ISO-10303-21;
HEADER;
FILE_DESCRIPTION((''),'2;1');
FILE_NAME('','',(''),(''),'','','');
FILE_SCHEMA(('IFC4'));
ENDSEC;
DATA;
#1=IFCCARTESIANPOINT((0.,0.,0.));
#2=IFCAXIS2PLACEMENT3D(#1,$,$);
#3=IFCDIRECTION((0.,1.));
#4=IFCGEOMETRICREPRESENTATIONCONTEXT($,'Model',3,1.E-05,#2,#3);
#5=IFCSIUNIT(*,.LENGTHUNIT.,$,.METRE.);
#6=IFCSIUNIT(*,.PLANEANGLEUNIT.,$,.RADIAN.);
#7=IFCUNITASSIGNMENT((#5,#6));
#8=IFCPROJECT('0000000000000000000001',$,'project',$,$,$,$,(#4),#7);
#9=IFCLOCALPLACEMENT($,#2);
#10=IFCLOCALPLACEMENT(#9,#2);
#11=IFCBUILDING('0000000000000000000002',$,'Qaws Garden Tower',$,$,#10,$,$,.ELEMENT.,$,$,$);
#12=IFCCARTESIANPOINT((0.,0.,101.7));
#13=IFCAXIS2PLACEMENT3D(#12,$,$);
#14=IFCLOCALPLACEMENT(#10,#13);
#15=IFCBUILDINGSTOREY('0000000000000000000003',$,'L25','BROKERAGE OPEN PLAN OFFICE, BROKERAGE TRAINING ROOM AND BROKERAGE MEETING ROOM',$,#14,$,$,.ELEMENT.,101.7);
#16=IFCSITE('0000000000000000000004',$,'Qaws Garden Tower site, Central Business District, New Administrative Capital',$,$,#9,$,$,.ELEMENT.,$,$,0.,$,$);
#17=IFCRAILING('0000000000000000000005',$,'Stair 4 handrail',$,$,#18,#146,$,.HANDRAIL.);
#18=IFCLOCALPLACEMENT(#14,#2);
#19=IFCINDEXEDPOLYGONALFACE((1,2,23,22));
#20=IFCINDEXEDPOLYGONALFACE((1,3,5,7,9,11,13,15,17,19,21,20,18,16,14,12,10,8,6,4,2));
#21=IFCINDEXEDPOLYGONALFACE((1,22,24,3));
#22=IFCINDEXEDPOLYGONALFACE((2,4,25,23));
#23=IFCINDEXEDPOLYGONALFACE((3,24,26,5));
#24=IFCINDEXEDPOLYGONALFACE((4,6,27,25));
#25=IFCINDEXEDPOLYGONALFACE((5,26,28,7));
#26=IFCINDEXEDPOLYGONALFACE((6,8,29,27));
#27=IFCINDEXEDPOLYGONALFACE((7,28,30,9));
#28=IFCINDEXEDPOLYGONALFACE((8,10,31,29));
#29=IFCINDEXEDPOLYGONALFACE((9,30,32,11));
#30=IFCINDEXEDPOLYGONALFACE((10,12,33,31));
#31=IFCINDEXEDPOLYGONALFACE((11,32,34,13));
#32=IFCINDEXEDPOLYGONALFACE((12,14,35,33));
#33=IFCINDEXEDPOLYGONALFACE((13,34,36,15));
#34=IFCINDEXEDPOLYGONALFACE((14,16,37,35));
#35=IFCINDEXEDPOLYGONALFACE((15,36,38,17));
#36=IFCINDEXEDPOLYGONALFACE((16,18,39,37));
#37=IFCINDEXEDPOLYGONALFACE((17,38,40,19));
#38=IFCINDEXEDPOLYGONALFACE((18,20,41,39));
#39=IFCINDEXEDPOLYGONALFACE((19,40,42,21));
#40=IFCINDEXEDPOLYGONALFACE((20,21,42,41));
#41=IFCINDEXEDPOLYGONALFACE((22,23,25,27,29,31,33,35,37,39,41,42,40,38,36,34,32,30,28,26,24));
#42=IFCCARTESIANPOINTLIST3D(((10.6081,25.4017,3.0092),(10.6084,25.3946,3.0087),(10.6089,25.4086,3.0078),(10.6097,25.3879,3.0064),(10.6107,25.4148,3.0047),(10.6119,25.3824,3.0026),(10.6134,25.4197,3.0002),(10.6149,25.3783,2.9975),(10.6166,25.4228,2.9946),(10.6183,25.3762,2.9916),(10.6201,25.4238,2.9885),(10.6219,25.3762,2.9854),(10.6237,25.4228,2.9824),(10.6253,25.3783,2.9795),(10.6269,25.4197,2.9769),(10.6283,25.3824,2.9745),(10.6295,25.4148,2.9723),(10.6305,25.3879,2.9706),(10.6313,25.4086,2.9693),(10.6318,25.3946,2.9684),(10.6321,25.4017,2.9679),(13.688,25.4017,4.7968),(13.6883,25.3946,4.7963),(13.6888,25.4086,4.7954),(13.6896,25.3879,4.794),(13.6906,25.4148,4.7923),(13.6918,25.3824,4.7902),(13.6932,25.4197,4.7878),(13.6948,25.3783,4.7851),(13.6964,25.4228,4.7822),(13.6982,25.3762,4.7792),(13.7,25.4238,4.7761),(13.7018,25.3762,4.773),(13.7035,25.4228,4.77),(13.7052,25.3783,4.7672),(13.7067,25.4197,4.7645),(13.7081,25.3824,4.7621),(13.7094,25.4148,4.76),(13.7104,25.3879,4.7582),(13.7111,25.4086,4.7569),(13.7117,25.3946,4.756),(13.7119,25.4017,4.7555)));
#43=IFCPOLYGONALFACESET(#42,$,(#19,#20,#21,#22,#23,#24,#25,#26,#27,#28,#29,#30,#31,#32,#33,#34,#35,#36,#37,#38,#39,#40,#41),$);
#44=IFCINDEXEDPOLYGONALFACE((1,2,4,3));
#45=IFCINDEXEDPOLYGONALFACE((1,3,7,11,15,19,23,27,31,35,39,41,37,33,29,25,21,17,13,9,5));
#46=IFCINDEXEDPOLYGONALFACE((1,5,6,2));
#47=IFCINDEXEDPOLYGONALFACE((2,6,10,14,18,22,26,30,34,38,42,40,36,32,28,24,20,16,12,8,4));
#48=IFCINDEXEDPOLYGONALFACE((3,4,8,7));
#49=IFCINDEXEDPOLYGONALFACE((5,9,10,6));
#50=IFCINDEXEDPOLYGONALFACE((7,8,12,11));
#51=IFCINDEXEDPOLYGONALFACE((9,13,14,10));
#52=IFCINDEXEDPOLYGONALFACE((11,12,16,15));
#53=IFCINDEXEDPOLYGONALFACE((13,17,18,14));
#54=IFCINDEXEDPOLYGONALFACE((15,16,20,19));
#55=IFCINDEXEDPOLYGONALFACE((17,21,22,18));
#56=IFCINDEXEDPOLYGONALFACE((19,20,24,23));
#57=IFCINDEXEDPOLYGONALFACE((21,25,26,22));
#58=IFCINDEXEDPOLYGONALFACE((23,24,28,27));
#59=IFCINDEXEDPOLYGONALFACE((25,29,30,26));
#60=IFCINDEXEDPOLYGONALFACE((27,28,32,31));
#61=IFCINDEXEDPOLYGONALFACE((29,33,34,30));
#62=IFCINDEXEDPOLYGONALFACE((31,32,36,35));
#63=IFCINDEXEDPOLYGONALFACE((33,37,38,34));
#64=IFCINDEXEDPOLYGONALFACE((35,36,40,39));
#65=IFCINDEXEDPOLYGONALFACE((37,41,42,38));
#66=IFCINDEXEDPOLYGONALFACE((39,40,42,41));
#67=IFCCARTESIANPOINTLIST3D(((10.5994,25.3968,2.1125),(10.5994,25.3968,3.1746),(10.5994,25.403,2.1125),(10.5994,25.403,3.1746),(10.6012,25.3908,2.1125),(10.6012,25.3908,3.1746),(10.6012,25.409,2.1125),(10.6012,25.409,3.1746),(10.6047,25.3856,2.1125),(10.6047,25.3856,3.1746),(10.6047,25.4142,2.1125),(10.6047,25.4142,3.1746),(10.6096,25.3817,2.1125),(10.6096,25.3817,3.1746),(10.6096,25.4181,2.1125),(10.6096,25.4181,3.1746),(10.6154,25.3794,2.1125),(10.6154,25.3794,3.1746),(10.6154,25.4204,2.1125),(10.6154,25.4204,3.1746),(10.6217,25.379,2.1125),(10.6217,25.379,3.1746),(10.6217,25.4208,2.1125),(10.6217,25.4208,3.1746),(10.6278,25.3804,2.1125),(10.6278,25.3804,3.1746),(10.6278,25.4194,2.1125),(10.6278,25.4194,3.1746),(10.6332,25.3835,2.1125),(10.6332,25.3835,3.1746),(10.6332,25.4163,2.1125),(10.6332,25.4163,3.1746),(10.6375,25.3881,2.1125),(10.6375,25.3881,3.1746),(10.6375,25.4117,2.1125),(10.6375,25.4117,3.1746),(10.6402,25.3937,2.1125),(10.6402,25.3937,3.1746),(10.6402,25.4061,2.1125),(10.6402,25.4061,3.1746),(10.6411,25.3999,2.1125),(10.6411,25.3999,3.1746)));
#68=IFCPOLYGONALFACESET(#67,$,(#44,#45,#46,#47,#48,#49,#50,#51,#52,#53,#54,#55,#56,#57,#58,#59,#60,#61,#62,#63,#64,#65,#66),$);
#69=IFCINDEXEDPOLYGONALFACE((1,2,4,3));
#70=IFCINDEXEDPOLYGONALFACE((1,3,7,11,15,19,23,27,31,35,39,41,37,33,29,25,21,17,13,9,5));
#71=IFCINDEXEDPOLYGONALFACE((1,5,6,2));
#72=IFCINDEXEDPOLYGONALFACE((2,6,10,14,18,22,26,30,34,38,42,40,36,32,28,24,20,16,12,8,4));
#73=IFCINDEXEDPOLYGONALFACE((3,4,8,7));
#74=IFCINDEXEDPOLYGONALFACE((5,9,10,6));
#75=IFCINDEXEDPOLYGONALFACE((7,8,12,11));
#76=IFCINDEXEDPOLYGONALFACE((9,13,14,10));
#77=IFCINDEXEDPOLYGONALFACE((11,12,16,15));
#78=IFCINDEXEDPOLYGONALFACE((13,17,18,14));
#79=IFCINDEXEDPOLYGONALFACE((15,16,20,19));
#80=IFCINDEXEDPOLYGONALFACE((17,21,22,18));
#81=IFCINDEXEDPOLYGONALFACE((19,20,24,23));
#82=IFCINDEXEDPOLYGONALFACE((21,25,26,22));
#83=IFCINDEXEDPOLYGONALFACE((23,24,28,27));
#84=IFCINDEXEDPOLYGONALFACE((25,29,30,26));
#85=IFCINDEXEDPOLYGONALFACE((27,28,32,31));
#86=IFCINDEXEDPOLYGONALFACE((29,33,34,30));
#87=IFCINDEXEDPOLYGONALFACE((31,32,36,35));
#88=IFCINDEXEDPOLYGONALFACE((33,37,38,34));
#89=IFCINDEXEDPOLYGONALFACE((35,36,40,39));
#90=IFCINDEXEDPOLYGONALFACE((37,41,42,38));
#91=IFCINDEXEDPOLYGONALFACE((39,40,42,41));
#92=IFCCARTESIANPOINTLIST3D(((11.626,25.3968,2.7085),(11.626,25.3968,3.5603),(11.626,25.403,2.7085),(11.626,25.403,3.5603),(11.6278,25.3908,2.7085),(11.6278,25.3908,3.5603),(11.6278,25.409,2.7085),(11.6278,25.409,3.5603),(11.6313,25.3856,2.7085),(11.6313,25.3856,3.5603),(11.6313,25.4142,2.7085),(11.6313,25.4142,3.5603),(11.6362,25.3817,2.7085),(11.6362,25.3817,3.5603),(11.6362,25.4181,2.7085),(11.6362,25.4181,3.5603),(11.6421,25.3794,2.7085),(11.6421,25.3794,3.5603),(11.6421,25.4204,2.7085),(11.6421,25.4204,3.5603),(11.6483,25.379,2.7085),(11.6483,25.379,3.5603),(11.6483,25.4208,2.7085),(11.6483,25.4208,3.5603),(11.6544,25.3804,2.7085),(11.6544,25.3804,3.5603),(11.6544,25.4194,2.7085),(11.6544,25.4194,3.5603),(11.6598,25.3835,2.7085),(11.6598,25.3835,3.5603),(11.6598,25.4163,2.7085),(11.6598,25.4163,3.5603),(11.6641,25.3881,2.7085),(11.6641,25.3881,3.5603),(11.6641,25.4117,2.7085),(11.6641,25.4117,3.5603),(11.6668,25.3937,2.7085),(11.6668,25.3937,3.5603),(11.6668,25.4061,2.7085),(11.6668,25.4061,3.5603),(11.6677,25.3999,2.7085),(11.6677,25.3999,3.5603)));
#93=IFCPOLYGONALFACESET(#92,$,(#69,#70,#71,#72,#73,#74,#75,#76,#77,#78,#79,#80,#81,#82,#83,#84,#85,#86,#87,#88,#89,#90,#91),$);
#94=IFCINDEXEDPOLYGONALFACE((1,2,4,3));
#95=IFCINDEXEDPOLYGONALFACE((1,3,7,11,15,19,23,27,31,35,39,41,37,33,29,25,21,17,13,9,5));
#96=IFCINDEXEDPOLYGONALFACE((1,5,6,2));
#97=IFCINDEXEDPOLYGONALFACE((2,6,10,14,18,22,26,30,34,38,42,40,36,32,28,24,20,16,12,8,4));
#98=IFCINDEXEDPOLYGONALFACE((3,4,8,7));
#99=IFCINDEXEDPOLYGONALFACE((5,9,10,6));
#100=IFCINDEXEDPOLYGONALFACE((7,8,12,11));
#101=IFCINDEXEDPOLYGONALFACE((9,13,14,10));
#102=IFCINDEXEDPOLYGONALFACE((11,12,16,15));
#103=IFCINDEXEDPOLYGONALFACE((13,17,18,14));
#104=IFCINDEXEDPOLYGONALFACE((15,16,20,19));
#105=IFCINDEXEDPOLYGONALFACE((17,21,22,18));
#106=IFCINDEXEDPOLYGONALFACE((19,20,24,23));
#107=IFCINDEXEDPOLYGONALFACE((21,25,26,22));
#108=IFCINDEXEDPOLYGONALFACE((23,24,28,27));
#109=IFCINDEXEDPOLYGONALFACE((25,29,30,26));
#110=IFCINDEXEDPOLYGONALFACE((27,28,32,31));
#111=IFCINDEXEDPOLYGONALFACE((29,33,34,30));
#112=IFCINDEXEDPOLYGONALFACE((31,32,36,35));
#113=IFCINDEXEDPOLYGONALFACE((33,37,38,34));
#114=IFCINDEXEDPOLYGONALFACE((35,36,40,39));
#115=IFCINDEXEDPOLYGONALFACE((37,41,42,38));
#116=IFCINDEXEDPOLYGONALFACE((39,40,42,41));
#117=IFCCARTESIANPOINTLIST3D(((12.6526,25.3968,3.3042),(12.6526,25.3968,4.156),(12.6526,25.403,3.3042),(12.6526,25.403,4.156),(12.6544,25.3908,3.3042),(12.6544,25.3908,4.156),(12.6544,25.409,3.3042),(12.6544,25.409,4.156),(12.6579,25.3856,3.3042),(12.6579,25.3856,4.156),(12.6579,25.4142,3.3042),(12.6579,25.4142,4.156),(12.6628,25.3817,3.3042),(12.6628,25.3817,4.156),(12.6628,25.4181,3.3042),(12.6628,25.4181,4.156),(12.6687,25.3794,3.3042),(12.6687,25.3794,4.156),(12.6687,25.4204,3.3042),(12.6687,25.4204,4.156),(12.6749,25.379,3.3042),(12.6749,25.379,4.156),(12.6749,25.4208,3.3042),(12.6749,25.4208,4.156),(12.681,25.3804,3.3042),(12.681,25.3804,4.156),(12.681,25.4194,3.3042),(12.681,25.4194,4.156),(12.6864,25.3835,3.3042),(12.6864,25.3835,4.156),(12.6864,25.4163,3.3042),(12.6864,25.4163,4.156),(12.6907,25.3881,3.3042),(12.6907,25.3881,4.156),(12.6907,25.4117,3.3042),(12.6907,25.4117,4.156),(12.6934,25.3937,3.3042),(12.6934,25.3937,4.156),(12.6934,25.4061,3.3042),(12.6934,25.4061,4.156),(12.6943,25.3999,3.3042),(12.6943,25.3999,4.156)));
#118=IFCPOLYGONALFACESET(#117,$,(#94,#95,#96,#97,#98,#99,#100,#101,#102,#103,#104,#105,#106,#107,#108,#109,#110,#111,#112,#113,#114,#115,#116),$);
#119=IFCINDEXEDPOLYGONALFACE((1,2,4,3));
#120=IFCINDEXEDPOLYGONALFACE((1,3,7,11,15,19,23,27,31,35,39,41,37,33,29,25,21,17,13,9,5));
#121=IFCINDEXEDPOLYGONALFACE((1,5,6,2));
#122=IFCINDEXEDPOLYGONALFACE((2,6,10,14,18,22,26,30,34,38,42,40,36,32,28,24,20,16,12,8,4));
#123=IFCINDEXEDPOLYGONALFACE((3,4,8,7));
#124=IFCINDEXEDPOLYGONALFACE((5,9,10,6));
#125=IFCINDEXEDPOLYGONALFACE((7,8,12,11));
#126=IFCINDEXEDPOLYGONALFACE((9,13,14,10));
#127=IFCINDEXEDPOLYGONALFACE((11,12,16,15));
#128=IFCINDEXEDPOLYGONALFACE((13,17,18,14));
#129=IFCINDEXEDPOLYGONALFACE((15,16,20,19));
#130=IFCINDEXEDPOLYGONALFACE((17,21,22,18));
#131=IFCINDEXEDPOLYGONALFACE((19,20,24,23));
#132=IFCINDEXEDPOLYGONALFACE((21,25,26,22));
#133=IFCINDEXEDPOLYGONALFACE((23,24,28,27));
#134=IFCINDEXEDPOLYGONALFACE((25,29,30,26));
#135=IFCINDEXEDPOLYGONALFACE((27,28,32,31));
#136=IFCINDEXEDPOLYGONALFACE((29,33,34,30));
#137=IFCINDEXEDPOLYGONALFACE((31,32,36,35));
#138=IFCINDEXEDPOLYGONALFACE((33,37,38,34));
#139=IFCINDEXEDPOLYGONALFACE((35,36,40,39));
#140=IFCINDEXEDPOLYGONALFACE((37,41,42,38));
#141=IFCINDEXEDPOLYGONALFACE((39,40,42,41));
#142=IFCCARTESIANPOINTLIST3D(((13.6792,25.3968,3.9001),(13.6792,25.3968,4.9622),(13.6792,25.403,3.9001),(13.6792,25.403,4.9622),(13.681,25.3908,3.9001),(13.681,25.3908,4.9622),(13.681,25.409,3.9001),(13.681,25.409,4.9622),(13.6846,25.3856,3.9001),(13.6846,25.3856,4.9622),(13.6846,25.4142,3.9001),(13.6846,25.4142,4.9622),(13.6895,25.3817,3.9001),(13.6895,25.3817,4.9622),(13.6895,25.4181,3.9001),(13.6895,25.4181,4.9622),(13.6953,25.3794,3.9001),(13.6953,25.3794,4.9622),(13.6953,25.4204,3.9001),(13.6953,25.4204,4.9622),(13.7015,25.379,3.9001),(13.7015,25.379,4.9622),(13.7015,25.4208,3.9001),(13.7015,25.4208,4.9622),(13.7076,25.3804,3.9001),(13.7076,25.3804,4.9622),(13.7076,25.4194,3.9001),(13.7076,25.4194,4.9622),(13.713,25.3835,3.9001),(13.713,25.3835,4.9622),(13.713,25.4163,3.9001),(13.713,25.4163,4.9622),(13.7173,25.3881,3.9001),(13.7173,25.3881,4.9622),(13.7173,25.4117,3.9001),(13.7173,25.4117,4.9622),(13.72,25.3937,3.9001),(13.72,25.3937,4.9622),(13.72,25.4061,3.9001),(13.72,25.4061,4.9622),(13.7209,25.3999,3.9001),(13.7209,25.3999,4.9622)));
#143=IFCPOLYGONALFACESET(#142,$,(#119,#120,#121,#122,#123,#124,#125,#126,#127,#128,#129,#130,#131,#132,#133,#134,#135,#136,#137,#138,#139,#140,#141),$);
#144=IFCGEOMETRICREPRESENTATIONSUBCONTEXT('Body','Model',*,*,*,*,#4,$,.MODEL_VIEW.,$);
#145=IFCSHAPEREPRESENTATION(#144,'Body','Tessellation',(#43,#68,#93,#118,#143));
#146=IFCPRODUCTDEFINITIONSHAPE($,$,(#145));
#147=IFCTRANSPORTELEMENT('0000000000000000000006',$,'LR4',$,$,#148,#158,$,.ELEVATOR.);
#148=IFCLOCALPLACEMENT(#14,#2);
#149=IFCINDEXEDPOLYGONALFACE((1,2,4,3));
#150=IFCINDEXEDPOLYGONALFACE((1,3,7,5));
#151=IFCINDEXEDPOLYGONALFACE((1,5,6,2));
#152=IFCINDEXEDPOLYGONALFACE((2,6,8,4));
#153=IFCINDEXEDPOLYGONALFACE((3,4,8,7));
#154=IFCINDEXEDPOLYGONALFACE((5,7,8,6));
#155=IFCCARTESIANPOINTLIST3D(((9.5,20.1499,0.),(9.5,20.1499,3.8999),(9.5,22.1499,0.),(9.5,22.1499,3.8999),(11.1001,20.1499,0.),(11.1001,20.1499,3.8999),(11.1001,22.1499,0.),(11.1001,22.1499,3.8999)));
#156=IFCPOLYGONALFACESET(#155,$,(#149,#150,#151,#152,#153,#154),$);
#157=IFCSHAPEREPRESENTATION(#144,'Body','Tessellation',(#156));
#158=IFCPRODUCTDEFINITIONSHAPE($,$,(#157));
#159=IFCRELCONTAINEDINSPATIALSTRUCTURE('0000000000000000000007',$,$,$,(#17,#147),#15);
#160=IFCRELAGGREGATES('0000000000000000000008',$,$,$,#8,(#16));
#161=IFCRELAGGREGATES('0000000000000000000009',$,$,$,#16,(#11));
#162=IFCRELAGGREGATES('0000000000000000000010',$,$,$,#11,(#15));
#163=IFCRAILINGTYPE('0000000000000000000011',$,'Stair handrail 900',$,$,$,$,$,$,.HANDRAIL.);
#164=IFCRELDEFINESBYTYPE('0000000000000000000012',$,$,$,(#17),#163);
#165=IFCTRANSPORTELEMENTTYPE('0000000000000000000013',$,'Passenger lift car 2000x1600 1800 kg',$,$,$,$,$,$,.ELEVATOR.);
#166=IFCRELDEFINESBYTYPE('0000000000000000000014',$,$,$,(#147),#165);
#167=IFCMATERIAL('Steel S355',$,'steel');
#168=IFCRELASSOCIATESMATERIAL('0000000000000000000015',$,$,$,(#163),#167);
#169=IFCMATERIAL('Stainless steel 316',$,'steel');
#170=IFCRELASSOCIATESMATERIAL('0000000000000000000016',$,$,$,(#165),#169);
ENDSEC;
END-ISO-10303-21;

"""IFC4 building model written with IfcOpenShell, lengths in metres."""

from ifc_helpers import new_model, si_unit, direction, frame, origin, origin_2d, place, context, subcontext, project, spatial, rectangle, circle, extrude, material, type_object, element, save


model = new_model("IFC4")

# Units and contexts
model_context = context("Model", 3, precision=1e-05, world=origin(), true_north=direction((0.0, 1.0)))
body_context = subcontext(model_context, "Body", "Model", "MODEL_VIEW")
ifc_project = project(units=[si_unit("LENGTHUNIT", "METRE"), si_unit("PLANEANGLEUNIT", "RADIAN")], contexts=[model_context])

# Site, building, storey
site_placement = place(None, origin())
site = spatial("IfcSite", under=ifc_project, at=site_placement, Name="Qaws Garden Tower site, Central Business District, New Administrative Capital", CompositionType="ELEMENT", RefElevation=0.0)
building_placement = place(site_placement, origin())
building = spatial("IfcBuilding", under=site, at=building_placement, Name="Qaws Garden Tower", CompositionType="ELEMENT")
storey_placement = place(building_placement, frame((0.0, 0.0, 101.7)))
storey = spatial("IfcBuildingStorey", under=building, at=storey_placement, Name="L25", Description="BROKERAGE OPEN PLAN OFFICE, BROKERAGE TRAINING ROOM AND BROKERAGE MEETING ROOM", CompositionType="ELEMENT", Elevation=101.7)

# Railing
ifc_material_1 = material(Name="Steel S355", Category="steel")
railing_type = type_object("IfcRailingType", Name="Stair handrail 900", PredefinedType="HANDRAIL", material=ifc_material_1)
railing_1_placement = place(storey_placement, frame((10.6201, 25.3999, 2.1125)))
element("IfcRailing", 1, at=railing_1_placement, inside=storey, type_object=railing_type, Name="Stair 4 handrail", PredefinedType="HANDRAIL", context=body_context, shape_type="SweptSolid", body=[
    extrude(circle(Radius=0.0239, at=origin_2d()), frame((0.0, 0.0, 0.876), z_axis=(0.864873, 0.0, 0.50199), x_axis=(0.0, 1.0, 0.0)), (0.0, 0.0, 1.0), 3.561),
    extrude(circle(Radius=0.021, at=origin_2d()), origin(), (0.0, 0.0, 1.0), 1.062),
    extrude(circle(Radius=0.021, at=origin_2d()), frame((1.0266, 0.0, 0.5959)), (0.0, 0.0, 1.0), 0.8518),
    extrude(circle(Radius=0.021, at=origin_2d()), frame((2.0532, 0.0, 1.1917)), (0.0, 0.0, 1.0), 0.8518),
    extrude(circle(Radius=0.021, at=origin_2d()), frame((3.0798, 0.0, 1.7876)), (0.0, 0.0, 1.0), 1.062),
])

# Transport element
ifc_material_2 = material(Name="Stainless steel 316", Category="steel")
transport_element_type = type_object("IfcTransportElementType", Name="Passenger lift car 2000x1600 1800 kg", PredefinedType="ELEVATOR", material=ifc_material_2)
transport_element_placement = place(storey_placement, frame((10.3, 21.1499, 0.0), z_axis=(0.0, 0.0, 1.0), x_axis=(1.0, 0.0, 0.0)))
element("IfcTransportElement", 2, at=transport_element_placement, inside=storey, type_object=transport_element_type, Name="LR4", PredefinedType="ELEVATOR", context=body_context, shape_type="SweptSolid", body=[
    extrude(rectangle(XDim=1.6001, YDim=2.0, at=origin_2d()), origin(), (0.0, 0.0, 1.0), 3.8999),
])

save(model, "model.ifc")
